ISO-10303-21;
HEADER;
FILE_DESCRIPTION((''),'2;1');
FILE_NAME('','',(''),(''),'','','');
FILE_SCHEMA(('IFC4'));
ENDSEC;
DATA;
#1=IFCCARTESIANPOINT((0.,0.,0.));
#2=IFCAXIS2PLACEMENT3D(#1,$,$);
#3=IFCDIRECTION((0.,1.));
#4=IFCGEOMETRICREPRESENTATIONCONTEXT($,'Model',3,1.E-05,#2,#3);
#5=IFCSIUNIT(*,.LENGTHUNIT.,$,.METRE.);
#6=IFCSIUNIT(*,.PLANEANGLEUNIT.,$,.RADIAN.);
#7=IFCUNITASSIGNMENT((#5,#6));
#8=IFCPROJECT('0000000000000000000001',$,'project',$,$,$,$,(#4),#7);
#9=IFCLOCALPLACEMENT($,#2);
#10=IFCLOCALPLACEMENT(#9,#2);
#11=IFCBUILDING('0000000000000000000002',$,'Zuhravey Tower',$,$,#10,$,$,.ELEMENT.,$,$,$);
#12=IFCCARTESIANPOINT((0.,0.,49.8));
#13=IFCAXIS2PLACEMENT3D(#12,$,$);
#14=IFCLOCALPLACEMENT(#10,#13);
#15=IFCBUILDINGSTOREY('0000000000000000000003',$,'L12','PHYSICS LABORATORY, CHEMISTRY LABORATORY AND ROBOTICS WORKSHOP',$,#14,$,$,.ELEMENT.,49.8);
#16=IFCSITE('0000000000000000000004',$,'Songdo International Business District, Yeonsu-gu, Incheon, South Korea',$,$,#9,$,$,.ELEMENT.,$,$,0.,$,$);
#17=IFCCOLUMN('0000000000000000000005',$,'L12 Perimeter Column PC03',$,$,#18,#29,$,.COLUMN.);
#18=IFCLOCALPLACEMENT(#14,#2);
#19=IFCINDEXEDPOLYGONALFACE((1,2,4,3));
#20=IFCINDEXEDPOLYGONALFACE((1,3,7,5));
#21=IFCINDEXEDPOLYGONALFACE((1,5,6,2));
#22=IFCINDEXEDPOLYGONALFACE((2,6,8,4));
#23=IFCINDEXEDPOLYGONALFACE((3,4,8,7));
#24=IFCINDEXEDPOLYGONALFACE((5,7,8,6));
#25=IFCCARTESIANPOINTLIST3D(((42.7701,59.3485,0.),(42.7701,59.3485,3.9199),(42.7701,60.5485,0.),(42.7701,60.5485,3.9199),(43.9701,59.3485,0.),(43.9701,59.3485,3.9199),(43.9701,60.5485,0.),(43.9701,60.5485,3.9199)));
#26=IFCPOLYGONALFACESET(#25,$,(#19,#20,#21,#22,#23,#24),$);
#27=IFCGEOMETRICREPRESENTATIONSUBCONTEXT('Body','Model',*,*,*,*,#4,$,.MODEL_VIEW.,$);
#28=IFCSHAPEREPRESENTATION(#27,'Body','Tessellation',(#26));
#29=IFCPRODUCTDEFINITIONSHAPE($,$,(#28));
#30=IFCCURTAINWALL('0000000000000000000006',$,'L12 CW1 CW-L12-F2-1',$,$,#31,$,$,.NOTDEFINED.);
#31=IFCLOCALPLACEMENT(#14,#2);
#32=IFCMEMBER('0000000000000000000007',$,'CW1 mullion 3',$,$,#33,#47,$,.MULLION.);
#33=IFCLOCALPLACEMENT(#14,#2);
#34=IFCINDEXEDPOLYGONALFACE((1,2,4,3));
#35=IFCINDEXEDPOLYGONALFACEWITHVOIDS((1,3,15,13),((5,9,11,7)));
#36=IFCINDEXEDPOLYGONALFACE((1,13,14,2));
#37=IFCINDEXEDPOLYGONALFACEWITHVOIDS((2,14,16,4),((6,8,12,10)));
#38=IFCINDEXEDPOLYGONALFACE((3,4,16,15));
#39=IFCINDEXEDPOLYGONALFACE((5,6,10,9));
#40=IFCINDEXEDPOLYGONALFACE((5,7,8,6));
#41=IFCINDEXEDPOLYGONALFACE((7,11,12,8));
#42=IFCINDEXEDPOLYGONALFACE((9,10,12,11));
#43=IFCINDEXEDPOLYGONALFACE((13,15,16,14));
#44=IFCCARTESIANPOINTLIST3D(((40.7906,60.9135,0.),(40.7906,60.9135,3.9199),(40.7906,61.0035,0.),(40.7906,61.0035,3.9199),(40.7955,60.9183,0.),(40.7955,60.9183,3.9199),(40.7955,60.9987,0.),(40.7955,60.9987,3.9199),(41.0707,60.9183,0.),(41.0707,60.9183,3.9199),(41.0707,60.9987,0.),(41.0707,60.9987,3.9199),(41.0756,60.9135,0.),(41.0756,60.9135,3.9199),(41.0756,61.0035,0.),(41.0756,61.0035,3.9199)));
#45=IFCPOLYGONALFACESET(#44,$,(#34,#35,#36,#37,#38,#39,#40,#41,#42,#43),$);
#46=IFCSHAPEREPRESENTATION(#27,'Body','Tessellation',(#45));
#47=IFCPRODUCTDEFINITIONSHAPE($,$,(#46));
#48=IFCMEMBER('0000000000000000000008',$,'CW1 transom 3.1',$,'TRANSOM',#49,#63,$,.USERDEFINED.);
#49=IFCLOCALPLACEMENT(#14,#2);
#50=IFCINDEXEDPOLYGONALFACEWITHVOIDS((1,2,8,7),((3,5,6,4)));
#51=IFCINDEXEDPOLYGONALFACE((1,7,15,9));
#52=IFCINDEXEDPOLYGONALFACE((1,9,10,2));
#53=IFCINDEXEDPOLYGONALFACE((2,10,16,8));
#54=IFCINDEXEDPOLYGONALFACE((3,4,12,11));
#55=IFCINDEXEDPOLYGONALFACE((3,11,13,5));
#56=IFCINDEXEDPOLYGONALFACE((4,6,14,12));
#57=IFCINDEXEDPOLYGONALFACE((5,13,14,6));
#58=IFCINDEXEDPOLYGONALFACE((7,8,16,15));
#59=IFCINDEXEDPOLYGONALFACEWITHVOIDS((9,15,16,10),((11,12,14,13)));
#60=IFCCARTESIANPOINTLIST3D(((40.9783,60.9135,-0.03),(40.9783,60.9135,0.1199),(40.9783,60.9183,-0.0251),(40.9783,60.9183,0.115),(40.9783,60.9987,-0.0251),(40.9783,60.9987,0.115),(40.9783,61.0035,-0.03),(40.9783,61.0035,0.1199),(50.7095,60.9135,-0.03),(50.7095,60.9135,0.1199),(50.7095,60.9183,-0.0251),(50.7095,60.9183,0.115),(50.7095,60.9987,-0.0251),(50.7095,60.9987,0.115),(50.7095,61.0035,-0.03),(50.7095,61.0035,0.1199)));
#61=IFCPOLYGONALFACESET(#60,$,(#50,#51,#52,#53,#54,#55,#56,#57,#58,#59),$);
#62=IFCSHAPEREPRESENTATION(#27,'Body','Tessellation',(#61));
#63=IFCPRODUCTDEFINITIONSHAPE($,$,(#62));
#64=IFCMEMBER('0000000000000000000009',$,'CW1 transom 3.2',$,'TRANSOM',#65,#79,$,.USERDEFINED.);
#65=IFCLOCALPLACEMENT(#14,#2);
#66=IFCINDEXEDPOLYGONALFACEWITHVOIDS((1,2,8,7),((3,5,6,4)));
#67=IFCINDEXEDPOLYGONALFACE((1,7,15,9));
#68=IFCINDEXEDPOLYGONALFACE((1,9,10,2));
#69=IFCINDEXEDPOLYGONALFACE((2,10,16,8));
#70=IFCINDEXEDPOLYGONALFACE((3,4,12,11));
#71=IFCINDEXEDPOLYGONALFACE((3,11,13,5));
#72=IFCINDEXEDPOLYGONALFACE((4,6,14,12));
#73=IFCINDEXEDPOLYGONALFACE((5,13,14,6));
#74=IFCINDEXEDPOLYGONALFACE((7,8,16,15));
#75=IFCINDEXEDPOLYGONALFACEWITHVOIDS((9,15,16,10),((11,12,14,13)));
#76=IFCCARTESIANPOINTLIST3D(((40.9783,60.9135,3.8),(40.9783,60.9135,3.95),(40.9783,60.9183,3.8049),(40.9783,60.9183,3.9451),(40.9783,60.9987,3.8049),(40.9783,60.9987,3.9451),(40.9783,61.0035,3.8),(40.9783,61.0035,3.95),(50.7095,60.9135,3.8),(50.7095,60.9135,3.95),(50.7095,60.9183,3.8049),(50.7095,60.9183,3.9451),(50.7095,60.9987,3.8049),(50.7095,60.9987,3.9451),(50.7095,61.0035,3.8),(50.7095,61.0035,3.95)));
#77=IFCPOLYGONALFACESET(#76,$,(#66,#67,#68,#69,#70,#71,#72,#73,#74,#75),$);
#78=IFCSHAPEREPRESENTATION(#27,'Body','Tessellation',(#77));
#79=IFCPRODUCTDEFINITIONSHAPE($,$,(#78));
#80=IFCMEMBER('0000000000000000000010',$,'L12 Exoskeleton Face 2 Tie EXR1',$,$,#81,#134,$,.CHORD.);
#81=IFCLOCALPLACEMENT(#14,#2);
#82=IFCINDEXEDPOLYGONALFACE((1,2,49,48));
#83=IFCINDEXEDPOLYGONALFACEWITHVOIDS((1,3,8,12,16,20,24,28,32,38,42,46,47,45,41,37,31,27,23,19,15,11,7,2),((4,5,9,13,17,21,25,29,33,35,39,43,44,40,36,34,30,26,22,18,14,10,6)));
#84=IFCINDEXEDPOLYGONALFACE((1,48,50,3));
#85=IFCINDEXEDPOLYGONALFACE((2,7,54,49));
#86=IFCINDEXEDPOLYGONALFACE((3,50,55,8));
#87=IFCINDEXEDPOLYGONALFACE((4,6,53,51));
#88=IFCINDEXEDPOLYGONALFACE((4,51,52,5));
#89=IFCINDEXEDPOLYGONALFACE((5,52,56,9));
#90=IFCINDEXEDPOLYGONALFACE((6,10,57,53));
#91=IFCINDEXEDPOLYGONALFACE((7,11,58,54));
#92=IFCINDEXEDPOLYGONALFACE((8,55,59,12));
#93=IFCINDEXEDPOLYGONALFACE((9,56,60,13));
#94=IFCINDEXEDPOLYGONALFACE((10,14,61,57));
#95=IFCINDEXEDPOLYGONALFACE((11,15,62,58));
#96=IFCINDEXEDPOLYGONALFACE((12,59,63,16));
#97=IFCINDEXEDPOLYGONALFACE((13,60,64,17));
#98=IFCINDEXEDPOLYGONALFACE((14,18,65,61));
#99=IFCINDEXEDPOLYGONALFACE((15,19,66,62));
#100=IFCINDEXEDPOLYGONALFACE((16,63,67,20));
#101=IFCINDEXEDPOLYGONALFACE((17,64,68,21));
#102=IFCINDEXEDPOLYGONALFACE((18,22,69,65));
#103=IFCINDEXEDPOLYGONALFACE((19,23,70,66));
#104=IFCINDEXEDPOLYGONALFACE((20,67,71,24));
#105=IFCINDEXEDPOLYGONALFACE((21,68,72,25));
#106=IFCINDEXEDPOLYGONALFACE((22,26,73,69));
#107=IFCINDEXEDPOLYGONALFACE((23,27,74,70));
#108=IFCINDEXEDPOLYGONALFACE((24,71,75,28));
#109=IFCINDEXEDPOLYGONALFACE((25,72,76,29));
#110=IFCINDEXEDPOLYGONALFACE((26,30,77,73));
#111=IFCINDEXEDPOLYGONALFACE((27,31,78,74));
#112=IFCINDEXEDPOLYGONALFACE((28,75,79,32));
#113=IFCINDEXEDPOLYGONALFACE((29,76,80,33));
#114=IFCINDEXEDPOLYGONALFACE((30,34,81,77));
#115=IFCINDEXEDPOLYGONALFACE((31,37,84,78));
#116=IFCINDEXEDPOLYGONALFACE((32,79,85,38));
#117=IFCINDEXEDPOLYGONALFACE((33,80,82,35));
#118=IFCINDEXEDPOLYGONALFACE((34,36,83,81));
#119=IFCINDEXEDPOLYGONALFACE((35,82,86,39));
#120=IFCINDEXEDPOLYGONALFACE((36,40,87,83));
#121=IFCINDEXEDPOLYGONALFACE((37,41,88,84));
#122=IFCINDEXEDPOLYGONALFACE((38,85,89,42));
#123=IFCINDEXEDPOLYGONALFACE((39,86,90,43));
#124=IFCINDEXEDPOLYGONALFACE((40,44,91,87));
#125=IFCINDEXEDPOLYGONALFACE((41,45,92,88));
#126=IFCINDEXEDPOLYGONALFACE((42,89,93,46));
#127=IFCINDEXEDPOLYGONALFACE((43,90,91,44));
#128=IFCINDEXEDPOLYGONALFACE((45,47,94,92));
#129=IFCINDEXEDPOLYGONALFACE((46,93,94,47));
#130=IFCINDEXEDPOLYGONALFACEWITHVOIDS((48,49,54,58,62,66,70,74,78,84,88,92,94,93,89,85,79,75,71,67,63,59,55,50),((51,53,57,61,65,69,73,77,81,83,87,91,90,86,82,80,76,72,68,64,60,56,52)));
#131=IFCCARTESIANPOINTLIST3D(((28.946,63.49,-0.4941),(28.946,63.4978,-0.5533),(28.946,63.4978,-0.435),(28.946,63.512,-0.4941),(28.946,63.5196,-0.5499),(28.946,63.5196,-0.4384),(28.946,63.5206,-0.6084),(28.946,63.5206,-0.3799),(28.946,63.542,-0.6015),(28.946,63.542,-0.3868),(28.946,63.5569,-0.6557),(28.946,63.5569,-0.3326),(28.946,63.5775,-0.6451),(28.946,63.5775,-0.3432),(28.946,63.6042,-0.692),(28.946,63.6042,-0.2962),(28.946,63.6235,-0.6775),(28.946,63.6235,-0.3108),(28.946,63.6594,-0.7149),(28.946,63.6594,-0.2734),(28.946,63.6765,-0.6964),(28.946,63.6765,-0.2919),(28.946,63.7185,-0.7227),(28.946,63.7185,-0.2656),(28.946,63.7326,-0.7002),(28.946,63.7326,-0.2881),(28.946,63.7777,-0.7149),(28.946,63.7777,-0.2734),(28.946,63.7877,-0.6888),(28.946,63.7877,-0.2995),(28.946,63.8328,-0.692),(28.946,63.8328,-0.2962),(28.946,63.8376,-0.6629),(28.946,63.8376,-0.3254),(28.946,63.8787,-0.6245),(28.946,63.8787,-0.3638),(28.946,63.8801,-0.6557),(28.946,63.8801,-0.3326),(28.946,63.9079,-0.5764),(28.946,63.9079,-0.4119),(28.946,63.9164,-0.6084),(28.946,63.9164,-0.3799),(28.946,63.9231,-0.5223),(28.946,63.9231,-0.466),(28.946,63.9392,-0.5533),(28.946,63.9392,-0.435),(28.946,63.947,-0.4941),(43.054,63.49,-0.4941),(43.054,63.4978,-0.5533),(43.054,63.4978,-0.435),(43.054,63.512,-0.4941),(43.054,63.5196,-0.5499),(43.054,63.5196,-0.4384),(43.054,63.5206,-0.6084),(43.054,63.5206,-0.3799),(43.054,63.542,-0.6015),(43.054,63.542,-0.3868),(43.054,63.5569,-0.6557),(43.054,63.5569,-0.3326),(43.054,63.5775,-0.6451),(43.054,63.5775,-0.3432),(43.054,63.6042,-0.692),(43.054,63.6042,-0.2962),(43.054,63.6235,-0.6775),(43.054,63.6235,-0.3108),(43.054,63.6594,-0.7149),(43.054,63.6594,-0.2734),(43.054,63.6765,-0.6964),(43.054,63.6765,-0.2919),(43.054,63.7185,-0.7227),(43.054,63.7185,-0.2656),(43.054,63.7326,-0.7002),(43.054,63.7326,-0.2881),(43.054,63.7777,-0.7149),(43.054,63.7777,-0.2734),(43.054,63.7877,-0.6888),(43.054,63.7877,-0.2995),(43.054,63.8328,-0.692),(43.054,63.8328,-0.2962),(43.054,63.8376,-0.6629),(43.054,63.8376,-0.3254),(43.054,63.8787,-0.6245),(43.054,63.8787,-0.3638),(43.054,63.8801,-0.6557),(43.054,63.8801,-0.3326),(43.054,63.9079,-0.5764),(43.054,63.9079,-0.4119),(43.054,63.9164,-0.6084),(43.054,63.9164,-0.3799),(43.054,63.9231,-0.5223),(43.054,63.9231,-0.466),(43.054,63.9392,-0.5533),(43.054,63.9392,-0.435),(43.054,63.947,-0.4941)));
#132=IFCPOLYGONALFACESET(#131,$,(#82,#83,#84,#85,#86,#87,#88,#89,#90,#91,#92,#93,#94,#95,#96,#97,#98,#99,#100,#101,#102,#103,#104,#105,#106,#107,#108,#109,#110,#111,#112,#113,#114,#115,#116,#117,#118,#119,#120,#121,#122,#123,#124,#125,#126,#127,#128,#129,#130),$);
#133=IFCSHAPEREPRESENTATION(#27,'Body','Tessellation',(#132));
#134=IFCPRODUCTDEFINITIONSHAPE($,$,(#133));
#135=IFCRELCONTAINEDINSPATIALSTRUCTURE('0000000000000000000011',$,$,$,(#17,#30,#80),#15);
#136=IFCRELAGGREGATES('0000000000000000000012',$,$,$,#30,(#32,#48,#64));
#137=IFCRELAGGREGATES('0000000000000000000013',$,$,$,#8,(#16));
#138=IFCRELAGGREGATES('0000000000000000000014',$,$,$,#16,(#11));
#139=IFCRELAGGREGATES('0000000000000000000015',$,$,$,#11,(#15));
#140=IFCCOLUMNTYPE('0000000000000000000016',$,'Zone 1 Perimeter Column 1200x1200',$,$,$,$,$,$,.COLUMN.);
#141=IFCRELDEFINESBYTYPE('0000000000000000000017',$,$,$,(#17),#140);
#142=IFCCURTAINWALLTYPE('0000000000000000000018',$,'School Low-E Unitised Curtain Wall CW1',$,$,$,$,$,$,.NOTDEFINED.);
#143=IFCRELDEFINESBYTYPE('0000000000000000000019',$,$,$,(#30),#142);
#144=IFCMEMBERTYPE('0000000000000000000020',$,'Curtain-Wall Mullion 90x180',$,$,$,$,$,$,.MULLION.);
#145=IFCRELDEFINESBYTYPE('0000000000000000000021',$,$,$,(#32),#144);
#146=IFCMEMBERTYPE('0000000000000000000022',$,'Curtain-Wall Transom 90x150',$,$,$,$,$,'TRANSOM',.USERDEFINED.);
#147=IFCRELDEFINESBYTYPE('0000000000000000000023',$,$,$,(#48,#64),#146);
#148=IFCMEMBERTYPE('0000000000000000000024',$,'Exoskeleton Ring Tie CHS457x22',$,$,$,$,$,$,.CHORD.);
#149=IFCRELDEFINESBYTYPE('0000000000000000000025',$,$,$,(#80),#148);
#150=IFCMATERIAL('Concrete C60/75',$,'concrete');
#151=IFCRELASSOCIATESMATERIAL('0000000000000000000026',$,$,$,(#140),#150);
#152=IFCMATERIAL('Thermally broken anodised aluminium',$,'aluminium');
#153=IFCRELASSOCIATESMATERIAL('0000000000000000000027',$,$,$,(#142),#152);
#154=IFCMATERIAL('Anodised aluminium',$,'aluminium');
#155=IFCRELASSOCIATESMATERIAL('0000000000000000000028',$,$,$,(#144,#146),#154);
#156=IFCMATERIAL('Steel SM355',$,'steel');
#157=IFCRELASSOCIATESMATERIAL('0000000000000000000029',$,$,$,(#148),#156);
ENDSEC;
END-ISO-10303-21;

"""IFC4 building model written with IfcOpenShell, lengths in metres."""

from ifc_helpers import new_model, si_unit, direction, frame, origin, origin_2d, place, context, subcontext, project, spatial, rectangle, hollow_rectangle, hollow_circle, extrude, material, material_profile, profile_set, type_object, element, aggregate, save


model = new_model("IFC4")

# Units and contexts
model_context = context("Model", 3, precision=1e-05, world=origin(), true_north=direction((0.0, 1.0)))
body_context = subcontext(model_context, "Body", "Model", "MODEL_VIEW")
ifc_project = project(units=[si_unit("LENGTHUNIT", "METRE"), si_unit("PLANEANGLEUNIT", "RADIAN")], contexts=[model_context])

# Site, building, storey
site_placement = place(None, origin())
site = spatial("IfcSite", under=ifc_project, at=site_placement, Name="Songdo International Business District, Yeonsu-gu, Incheon, South Korea", CompositionType="ELEMENT", RefElevation=0.0)
building_placement = place(site_placement, origin())
building = spatial("IfcBuilding", under=site, at=building_placement, Name="Zuhravey Tower", CompositionType="ELEMENT")
storey_placement = place(building_placement, frame((0.0, 0.0, 49.8)))
storey = spatial("IfcBuildingStorey", under=building, at=storey_placement, Name="L12", Description="PHYSICS LABORATORY, CHEMISTRY LABORATORY AND ROBOTICS WORKSHOP", CompositionType="ELEMENT", Elevation=49.8)

# Column
ifc_material_1 = material(Name="Concrete C60/75", Category="concrete")
ifc_material_profile_1 = material_profile(ifc_material_1, rectangle(XDim=1.2, YDim=1.2, at=origin_2d()), Name="RC-1200x1200")
ifc_profile_set_1 = profile_set([ifc_material_profile_1], Name="Concrete C60/75")
column_type = type_object("IfcColumnType", Name="Zone 1 Perimeter Column 1200x1200", PredefinedType="COLUMN", material=ifc_profile_set_1)
column_placement = place(storey_placement, frame((43.3701, 59.9485, 0.0), z_axis=(0.0, 0.0, 1.0), x_axis=(-1.0, 0.0, 0.0)))
element("IfcColumn", 1, at=column_placement, inside=storey, type_object=column_type, Name="L12 Perimeter Column PC03", PredefinedType="COLUMN", context=body_context, shape_type="SweptSolid", body=[
    extrude(rectangle(XDim=1.2, YDim=1.2, at=origin_2d()), origin(), (0.0, 0.0, 1.0), 3.9199),
])

# Curtain wall, members
ifc_material_2 = material(Name="Thermally broken anodised aluminium", Category="aluminium")
curtain_wall_type = type_object("IfcCurtainWallType", Name="School Low-E Unitised Curtain Wall CW1", PredefinedType="NOTDEFINED", material=ifc_material_2)
curtain_wall_placement = place(storey_placement, origin())
curtain_wall = element("IfcCurtainWall", 2, at=curtain_wall_placement, inside=storey, type_object=curtain_wall_type, Name="L12 CW1 CW-L12-F2-1", PredefinedType="NOTDEFINED")
ifc_material_3 = material(Name="Anodised aluminium", Category="aluminium")
ifc_material_profile_2 = material_profile(ifc_material_3, hollow_rectangle(XDim=0.0901, YDim=0.2849, WallThickness=0.0049, at=origin_2d()), Name="ALU-RHS-90x285x5")
ifc_profile_set_2 = profile_set([ifc_material_profile_2], Name="Anodised aluminium")
member_type_1 = type_object("IfcMemberType", Name="Curtain-Wall Mullion 90x180", PredefinedType="MULLION", material=ifc_profile_set_2)
member_1_placement = place(storey_placement, frame((40.9331, 60.9585, 0.0), z_axis=(0.0, 0.0, 1.0), x_axis=(0.0, 1.0, 0.0)))
member_1 = element("IfcMember", 3, at=member_1_placement, type_object=member_type_1, Name="CW1 mullion 3", PredefinedType="MULLION", context=body_context, shape_type="SweptSolid", body=[
    extrude(hollow_rectangle(XDim=0.0901, YDim=0.2849, WallThickness=0.0049, at=origin_2d()), origin(), (0.0, 0.0, 1.0), 3.9199),
])
ifc_material_profile_3 = material_profile(ifc_material_3, hollow_rectangle(XDim=0.0901, YDim=0.1499, WallThickness=0.0049, at=origin_2d()), Name="ALU-RHS-90x150x5")
ifc_profile_set_3 = profile_set([ifc_material_profile_3], Name="Anodised aluminium")
member_type_2 = type_object("IfcMemberType", Name="Curtain-Wall Transom 90x150", ElementType="TRANSOM", PredefinedType="USERDEFINED", material=ifc_profile_set_3)
member_2_placement = place(storey_placement, frame((40.9783, 60.9585, 0.0449), z_axis=(1.0, 0.0, 0.0), x_axis=(0.0, 1.0, 0.0)))
member_2 = element("IfcMember", 4, at=member_2_placement, type_object=member_type_2, Name="CW1 transom 3.1", ObjectType="TRANSOM", PredefinedType="USERDEFINED", context=body_context, shape_type="SweptSolid", body=[
    extrude(hollow_rectangle(XDim=0.0901, YDim=0.1499, WallThickness=0.0049, at=origin_2d()), origin(), (0.0, 0.0, 1.0), 9.7312),
])
member_3_placement = place(storey_placement, frame((40.9783, 60.9585, 3.875), z_axis=(1.0, 0.0, 0.0), x_axis=(0.0, 1.0, 0.0)))
member_3 = element("IfcMember", 5, at=member_3_placement, type_object=member_type_2, Name="CW1 transom 3.2", ObjectType="TRANSOM", PredefinedType="USERDEFINED", context=body_context, shape_type="SweptSolid", body=[
    extrude(hollow_rectangle(XDim=0.0901, YDim=0.1499, WallThickness=0.0049, at=origin_2d()), origin(), (0.0, 0.0, 1.0), 9.7312),
])

# Member
ifc_material_4 = material(Name="Steel SM355", Category="steel")
ifc_material_profile_4 = material_profile(ifc_material_4, hollow_circle(Radius=0.2285, WallThickness=0.022, at=origin_2d()), Name="CHS-457.2x22")
ifc_profile_set_4 = profile_set([ifc_material_profile_4], Name="Steel SM355")
member_type_3 = type_object("IfcMemberType", Name="Exoskeleton Ring Tie CHS457x22", PredefinedType="CHORD", material=ifc_profile_set_4)
member_4_placement = place(storey_placement, frame((43.054, 63.7185, -0.4941), z_axis=(-1.0, 0.0, 0.0), x_axis=(0.0, -1.0, 0.0)))
element("IfcMember", 6, at=member_4_placement, inside=storey, type_object=member_type_3, Name="L12 Exoskeleton Face 2 Tie EXR1", PredefinedType="CHORD", context=body_context, shape_type="SweptSolid", body=[
    extrude(hollow_circle(Radius=0.2285, WallThickness=0.022, at=origin_2d()), origin(), (0.0, 0.0, 1.0), 14.1079),
])

aggregate(curtain_wall, [member_1, member_2, member_3])

save(model, "model.ifc")
